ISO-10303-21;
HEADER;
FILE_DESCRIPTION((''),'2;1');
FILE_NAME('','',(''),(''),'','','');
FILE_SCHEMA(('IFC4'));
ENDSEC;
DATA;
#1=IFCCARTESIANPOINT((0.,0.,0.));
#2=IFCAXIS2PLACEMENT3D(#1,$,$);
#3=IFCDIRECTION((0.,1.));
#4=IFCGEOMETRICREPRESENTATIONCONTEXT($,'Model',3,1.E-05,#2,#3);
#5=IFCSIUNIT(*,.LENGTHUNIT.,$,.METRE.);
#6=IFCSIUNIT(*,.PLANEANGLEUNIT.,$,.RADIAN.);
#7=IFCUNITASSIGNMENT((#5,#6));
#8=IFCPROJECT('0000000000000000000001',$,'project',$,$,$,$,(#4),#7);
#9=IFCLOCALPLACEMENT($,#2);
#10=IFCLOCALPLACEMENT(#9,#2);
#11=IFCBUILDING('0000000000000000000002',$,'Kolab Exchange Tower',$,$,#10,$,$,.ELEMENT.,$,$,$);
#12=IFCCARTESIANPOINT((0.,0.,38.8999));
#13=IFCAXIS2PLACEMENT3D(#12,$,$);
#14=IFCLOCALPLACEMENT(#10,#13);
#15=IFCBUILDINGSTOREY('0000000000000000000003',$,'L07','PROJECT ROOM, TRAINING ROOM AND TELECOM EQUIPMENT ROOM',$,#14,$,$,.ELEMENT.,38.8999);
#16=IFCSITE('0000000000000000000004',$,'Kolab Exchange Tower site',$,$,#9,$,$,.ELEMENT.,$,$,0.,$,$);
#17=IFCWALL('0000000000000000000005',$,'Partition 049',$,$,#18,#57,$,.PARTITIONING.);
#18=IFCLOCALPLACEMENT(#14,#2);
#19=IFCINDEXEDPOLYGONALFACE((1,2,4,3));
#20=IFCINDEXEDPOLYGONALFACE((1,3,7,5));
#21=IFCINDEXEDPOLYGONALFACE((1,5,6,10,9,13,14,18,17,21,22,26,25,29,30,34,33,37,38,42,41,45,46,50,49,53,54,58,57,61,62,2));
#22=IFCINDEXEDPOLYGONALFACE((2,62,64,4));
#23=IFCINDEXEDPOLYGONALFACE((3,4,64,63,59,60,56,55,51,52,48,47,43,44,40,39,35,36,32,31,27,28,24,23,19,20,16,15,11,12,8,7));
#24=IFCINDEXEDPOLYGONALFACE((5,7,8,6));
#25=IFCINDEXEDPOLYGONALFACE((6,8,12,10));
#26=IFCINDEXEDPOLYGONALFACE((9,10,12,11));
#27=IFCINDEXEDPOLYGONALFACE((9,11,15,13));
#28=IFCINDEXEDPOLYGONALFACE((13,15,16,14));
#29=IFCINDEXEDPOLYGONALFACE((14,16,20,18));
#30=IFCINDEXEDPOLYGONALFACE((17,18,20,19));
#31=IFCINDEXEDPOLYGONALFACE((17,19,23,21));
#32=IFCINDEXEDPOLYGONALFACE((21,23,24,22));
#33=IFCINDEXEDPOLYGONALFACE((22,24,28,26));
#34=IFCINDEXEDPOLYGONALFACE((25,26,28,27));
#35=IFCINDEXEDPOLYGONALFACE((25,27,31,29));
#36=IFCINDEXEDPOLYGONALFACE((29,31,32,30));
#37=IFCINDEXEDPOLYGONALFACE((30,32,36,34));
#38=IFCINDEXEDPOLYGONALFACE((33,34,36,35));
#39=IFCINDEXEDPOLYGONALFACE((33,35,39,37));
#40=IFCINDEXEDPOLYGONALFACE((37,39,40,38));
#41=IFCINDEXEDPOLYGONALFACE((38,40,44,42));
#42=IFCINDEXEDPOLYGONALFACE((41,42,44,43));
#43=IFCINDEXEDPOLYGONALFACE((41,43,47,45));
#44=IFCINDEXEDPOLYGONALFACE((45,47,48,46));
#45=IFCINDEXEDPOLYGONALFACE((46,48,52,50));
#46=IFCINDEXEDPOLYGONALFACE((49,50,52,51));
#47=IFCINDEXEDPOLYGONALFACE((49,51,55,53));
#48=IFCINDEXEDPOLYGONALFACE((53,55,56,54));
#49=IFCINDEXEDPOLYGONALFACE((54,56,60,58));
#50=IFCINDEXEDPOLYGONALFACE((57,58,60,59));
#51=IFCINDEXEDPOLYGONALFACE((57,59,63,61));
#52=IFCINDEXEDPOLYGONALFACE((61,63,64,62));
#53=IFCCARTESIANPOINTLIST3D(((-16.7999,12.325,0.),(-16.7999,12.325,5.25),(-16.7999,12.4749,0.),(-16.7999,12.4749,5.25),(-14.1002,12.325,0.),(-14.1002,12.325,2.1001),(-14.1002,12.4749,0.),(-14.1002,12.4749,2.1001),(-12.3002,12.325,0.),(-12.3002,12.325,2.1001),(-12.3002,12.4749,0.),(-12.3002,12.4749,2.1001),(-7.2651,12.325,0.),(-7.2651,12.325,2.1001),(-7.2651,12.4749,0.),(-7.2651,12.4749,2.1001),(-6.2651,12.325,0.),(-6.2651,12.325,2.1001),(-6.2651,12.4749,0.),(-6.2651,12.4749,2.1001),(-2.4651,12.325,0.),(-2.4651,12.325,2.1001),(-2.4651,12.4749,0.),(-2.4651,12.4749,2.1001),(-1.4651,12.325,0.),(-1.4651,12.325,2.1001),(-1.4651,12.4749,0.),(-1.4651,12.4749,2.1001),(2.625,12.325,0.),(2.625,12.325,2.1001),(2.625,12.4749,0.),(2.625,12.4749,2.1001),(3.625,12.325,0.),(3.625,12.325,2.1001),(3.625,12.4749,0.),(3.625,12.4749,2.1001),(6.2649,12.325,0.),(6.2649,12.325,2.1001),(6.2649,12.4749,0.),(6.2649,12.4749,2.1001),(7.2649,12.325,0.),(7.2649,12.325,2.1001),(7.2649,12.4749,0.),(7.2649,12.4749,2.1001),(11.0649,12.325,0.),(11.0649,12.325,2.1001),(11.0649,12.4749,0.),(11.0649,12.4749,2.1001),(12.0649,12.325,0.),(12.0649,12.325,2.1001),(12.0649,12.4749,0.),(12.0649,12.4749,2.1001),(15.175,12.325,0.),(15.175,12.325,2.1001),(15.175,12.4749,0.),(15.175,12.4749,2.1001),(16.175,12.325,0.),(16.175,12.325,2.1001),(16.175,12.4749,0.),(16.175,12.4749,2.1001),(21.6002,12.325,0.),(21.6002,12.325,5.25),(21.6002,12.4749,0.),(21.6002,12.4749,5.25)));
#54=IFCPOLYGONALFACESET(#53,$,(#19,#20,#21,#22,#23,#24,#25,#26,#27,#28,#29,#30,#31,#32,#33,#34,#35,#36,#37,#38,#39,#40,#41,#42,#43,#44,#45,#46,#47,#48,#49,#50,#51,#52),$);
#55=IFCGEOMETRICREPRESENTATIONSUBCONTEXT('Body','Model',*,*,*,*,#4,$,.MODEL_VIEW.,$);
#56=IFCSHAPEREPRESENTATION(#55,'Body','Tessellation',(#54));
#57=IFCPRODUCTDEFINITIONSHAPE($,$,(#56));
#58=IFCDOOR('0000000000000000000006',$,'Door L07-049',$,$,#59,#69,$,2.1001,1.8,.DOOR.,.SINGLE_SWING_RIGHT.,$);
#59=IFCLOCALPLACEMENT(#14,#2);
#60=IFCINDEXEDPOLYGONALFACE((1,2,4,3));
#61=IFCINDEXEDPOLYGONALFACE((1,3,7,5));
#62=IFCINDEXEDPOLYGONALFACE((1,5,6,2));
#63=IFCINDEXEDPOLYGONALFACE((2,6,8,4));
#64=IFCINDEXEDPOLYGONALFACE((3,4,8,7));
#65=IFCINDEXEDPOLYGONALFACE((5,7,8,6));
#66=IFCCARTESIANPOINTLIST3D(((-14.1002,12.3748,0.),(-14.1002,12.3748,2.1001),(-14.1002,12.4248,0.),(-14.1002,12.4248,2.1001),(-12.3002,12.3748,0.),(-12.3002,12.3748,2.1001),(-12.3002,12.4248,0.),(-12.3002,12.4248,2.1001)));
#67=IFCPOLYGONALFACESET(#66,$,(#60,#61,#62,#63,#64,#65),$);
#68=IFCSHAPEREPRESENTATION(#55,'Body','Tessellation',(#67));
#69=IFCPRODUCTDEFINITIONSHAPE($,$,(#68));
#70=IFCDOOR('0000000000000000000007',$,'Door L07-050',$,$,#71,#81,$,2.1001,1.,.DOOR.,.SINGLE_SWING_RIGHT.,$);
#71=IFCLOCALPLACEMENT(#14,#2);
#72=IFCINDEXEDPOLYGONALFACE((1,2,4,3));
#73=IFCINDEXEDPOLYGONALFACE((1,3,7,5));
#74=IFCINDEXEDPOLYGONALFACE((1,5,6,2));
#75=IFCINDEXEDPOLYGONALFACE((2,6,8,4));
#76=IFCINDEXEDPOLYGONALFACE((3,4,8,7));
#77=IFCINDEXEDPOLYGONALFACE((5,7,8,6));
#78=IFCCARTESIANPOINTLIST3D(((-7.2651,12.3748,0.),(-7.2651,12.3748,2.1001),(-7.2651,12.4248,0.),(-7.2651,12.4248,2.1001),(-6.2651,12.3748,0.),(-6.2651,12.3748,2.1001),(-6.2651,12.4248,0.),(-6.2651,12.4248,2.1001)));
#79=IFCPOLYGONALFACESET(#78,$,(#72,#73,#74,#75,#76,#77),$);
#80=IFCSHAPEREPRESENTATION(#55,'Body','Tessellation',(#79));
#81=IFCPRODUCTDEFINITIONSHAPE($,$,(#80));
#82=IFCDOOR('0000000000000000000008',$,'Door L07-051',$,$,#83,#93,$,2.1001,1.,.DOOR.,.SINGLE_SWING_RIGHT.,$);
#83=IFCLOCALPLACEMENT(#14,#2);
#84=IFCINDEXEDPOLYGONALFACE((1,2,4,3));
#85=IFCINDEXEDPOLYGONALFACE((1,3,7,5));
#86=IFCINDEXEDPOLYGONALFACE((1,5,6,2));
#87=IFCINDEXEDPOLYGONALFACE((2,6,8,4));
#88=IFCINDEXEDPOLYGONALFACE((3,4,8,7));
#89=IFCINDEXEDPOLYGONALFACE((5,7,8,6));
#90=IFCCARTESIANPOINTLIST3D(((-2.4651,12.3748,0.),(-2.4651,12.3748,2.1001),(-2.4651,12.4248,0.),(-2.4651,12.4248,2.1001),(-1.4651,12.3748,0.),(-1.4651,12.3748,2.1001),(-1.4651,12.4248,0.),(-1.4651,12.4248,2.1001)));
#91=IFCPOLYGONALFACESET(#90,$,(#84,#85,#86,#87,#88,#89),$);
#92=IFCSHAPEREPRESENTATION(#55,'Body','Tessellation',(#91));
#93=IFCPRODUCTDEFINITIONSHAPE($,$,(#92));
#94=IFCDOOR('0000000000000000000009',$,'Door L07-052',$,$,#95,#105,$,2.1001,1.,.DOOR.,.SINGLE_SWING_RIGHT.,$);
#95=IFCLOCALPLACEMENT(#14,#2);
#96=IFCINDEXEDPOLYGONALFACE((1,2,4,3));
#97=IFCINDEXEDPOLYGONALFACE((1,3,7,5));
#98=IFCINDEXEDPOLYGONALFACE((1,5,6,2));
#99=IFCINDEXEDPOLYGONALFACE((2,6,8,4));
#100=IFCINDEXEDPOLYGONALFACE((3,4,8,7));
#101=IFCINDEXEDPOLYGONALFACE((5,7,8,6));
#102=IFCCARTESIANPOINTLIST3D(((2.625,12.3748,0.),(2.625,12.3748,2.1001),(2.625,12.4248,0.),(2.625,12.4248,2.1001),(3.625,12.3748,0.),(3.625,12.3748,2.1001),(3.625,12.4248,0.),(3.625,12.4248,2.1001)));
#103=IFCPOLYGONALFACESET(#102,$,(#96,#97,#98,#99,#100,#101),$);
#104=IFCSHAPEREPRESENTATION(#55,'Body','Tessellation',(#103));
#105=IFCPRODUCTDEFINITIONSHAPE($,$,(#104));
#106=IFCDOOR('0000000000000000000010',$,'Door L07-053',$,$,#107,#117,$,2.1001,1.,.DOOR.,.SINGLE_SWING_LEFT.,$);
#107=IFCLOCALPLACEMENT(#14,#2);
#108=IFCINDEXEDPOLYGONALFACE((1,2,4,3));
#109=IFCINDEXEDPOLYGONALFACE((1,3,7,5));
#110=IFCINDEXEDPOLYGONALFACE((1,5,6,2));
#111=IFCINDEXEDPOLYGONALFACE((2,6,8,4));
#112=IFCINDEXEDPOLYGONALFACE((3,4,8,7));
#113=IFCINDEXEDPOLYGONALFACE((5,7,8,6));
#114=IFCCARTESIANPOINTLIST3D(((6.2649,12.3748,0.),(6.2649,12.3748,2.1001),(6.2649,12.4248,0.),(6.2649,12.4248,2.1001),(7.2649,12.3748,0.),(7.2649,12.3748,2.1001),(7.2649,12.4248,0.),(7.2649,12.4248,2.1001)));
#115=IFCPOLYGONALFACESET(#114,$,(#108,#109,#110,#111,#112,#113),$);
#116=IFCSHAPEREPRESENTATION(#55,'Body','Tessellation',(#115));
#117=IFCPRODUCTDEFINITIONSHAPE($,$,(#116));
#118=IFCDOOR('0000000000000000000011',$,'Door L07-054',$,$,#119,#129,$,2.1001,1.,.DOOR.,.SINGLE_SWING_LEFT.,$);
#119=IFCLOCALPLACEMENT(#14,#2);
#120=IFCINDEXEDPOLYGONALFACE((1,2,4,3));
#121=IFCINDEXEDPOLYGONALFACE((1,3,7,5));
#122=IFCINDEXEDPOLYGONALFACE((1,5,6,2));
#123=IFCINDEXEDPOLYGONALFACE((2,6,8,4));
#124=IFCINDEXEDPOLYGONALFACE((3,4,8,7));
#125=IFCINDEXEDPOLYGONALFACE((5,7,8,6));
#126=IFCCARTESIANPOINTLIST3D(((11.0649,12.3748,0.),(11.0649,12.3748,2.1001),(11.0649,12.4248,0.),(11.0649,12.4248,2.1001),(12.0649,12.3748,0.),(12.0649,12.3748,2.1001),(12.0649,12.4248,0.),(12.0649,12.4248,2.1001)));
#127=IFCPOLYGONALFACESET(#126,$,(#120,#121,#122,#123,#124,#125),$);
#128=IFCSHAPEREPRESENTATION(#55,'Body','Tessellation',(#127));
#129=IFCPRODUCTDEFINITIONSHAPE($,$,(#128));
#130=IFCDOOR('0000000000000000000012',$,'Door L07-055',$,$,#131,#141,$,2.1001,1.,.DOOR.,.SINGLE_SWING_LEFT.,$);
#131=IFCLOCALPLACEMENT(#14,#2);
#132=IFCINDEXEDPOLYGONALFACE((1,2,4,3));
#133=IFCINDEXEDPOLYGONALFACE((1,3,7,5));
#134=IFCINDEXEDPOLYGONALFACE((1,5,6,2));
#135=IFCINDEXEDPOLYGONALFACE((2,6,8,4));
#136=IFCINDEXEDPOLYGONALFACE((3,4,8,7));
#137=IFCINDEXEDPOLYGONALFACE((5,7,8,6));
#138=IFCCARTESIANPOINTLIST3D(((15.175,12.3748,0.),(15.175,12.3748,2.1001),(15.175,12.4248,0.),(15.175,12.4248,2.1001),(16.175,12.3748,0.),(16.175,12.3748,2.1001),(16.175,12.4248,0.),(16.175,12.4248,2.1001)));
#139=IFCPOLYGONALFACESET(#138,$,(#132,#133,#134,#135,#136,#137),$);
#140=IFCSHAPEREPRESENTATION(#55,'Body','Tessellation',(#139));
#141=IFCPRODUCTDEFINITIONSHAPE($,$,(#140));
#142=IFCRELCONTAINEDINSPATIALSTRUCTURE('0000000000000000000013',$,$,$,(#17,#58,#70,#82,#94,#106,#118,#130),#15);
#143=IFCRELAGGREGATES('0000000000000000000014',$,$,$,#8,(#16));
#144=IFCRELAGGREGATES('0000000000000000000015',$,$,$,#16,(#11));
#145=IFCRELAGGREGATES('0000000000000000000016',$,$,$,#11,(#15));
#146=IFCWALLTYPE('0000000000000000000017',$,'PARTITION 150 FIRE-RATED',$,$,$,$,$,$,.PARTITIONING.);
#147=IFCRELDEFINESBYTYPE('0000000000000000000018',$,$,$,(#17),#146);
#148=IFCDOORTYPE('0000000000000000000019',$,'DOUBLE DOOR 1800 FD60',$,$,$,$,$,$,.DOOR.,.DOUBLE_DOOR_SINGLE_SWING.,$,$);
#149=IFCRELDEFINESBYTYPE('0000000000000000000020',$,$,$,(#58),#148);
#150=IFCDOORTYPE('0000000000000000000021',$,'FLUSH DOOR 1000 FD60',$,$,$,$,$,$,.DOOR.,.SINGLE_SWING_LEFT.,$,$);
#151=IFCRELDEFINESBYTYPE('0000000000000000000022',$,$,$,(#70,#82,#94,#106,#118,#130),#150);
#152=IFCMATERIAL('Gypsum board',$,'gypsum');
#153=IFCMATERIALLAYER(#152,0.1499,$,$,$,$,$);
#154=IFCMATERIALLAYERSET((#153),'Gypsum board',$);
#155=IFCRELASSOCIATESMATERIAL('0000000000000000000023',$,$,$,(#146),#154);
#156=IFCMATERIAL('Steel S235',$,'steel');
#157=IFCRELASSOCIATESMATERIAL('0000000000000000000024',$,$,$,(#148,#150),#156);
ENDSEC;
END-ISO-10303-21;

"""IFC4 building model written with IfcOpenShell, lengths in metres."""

from ifc_helpers import new_model, si_unit, direction, frame, frame_2d, origin, place, context, subcontext, project, spatial, rectangle, extrude, material, layer, layer_set, type_object, element, fill, save


model = new_model("IFC4")

# Units and contexts
model_context = context("Model", 3, precision=1e-05, world=origin(), true_north=direction((0.0, 1.0)))
body_context = subcontext(model_context, "Body", "Model", "MODEL_VIEW")
ifc_project = project(units=[si_unit("LENGTHUNIT", "METRE"), si_unit("PLANEANGLEUNIT", "RADIAN")], contexts=[model_context])

# Site, building, storey
site_placement = place(None, origin())
site = spatial("IfcSite", under=ifc_project, at=site_placement, Name="Kolab Exchange Tower site", CompositionType="ELEMENT", RefElevation=0.0)
building_placement = place(site_placement, origin())
building = spatial("IfcBuilding", under=site, at=building_placement, Name="Kolab Exchange Tower", CompositionType="ELEMENT")
storey_placement = place(building_placement, frame((0.0, 0.0, 38.8999)))
storey = spatial("IfcBuildingStorey", under=building, at=storey_placement, Name="L07", Description="PROJECT ROOM, TRAINING ROOM AND TELECOM EQUIPMENT ROOM", CompositionType="ELEMENT", Elevation=38.8999)

# Wall, openings, doors
ifc_material_1 = material(Name="Gypsum board", Category="gypsum")
ifc_layer_1 = layer(ifc_material_1, 0.1499)
ifc_layer_set_1 = layer_set([ifc_layer_1], Name="Gypsum board")
wall_type = type_object("IfcWallType", Name="PARTITION 150 FIRE-RATED", PredefinedType="PARTITIONING", material=ifc_layer_set_1)
wall_placement = place(storey_placement, frame((-16.8, 12.3999, 0.0), z_axis=(0.0, 0.0, 1.0), x_axis=(1.0, 0.0, 0.0)))
wall = element("IfcWall", 1, at=wall_placement, inside=storey, type_object=wall_type, Name="Partition 049", PredefinedType="PARTITIONING", context=body_context, shape_type="SweptSolid", body=[
    extrude(rectangle(XDim=38.4001, YDim=0.1499, at=frame_2d((19.2002, 0.0))), origin(), (0.0, 0.0, 1.0), 5.25),
])
opening_1_placement = place(wall_placement, frame((2.7, 0.0, 0.0)))
opening_1 = element("IfcOpeningElement", 2, at=opening_1_placement, cuts=wall, PredefinedType="OPENING", context=body_context, shape_type="SweptSolid", body=[
    extrude(rectangle(XDim=1.8, YDim=2.1001, at=frame_2d((0.8999, 1.05))), frame((0.0, 0.085, 0.0), z_axis=(0.0, -1.0, 0.0), x_axis=(1.0, 0.0, 0.0)), (0.0, 0.0, 1.0), 0.1699),
])
opening_2_placement = place(wall_placement, frame((9.5349, 0.0, 0.0)))
opening_2 = element("IfcOpeningElement", 3, at=opening_2_placement, cuts=wall, PredefinedType="OPENING", context=body_context, shape_type="SweptSolid", body=[
    extrude(rectangle(XDim=1.0, YDim=2.1001, at=frame_2d((0.5, 1.05))), frame((0.0, 0.085, 0.0), z_axis=(0.0, -1.0, 0.0), x_axis=(1.0, 0.0, 0.0)), (0.0, 0.0, 1.0), 0.1699),
])
opening_3_placement = place(wall_placement, frame((14.335, 0.0, 0.0)))
opening_3 = element("IfcOpeningElement", 4, at=opening_3_placement, cuts=wall, PredefinedType="OPENING", context=body_context, shape_type="SweptSolid", body=[
    extrude(rectangle(XDim=1.0, YDim=2.1001, at=frame_2d((0.5, 1.05))), frame((0.0, 0.085, 0.0), z_axis=(0.0, -1.0, 0.0), x_axis=(1.0, 0.0, 0.0)), (0.0, 0.0, 1.0), 0.1699),
])
opening_4_placement = place(wall_placement, frame((19.425, 0.0, 0.0)))
opening_4 = element("IfcOpeningElement", 5, at=opening_4_placement, cuts=wall, PredefinedType="OPENING", context=body_context, shape_type="SweptSolid", body=[
    extrude(rectangle(XDim=1.0, YDim=2.1001, at=frame_2d((0.5, 1.05))), frame((0.0, 0.085, 0.0), z_axis=(0.0, -1.0, 0.0), x_axis=(1.0, 0.0, 0.0)), (0.0, 0.0, 1.0), 0.1699),
])
opening_5_placement = place(wall_placement, frame((23.0649, 0.0, 0.0)))
opening_5 = element("IfcOpeningElement", 6, at=opening_5_placement, cuts=wall, PredefinedType="OPENING", context=body_context, shape_type="SweptSolid", body=[
    extrude(rectangle(XDim=1.0, YDim=2.1001, at=frame_2d((0.5, 1.05))), frame((0.0, 0.085, 0.0), z_axis=(0.0, -1.0, 0.0), x_axis=(1.0, 0.0, 0.0)), (0.0, 0.0, 1.0), 0.1699),
])
opening_6_placement = place(wall_placement, frame((27.865, 0.0, 0.0)))
opening_6 = element("IfcOpeningElement", 7, at=opening_6_placement, cuts=wall, PredefinedType="OPENING", context=body_context, shape_type="SweptSolid", body=[
    extrude(rectangle(XDim=1.0, YDim=2.1001, at=frame_2d((0.5, 1.05))), frame((0.0, 0.085, 0.0), z_axis=(0.0, -1.0, 0.0), x_axis=(1.0, 0.0, 0.0)), (0.0, 0.0, 1.0), 0.1699),
])
opening_7_placement = place(wall_placement, frame((31.9751, 0.0, 0.0)))
opening_7 = element("IfcOpeningElement", 8, at=opening_7_placement, cuts=wall, PredefinedType="OPENING", context=body_context, shape_type="SweptSolid", body=[
    extrude(rectangle(XDim=1.0, YDim=2.1001, at=frame_2d((0.5, 1.05))), frame((0.0, 0.085, 0.0), z_axis=(0.0, -1.0, 0.0), x_axis=(1.0, 0.0, 0.0)), (0.0, 0.0, 1.0), 0.1699),
])
ifc_material_2 = material(Name="Steel S235", Category="steel")
door_type_1 = type_object("IfcDoorType", Name="DOUBLE DOOR 1800 FD60", OperationType="DOUBLE_DOOR_SINGLE_SWING", PredefinedType="DOOR", material=ifc_material_2)
door_1_placement = place(opening_1_placement, origin())
door_1 = element("IfcDoor", 9, at=door_1_placement, inside=storey, type_object=door_type_1, Name="Door L07-049", OperationType="SINGLE_SWING_RIGHT", OverallHeight=2.1001, OverallWidth=1.8, PredefinedType="DOOR", context=body_context, shape_type="SweptSolid", body=[
    extrude(rectangle(XDim=1.8, YDim=2.1001, at=frame_2d((0.8999, 1.05))), frame((0.0, 0.0249, 0.0), z_axis=(0.0, -1.0, 0.0), x_axis=(1.0, 0.0, 0.0)), (0.0, 0.0, 1.0), 0.05),
])
fill(opening_1, door_1)
door_type_2 = type_object("IfcDoorType", Name="FLUSH DOOR 1000 FD60", OperationType="SINGLE_SWING_LEFT", PredefinedType="DOOR", material=ifc_material_2)
door_2_placement = place(opening_2_placement, origin())
door_2 = element("IfcDoor", 10, at=door_2_placement, inside=storey, type_object=door_type_2, Name="Door L07-050", OperationType="SINGLE_SWING_RIGHT", OverallHeight=2.1001, OverallWidth=1.0, PredefinedType="DOOR", context=body_context, shape_type="SweptSolid", body=[
    extrude(rectangle(XDim=1.0, YDim=2.1001, at=frame_2d((0.5, 1.05))), frame((0.0, 0.0249, 0.0), z_axis=(0.0, -1.0, 0.0), x_axis=(1.0, 0.0, 0.0)), (0.0, 0.0, 1.0), 0.05),
])
fill(opening_2, door_2)
door_3_placement = place(opening_3_placement, origin())
door_3 = element("IfcDoor", 11, at=door_3_placement, inside=storey, type_object=door_type_2, Name="Door L07-051", OperationType="SINGLE_SWING_RIGHT", OverallHeight=2.1001, OverallWidth=1.0, PredefinedType="DOOR", context=body_context, shape_type="SweptSolid", body=[
    extrude(rectangle(XDim=1.0, YDim=2.1001, at=frame_2d((0.5, 1.05))), frame((0.0, 0.0249, 0.0), z_axis=(0.0, -1.0, 0.0), x_axis=(1.0, 0.0, 0.0)), (0.0, 0.0, 1.0), 0.05),
])
fill(opening_3, door_3)
door_4_placement = place(opening_4_placement, origin())
door_4 = element("IfcDoor", 12, at=door_4_placement, inside=storey, type_object=door_type_2, Name="Door L07-052", OperationType="SINGLE_SWING_RIGHT", OverallHeight=2.1001, OverallWidth=1.0, PredefinedType="DOOR", context=body_context, shape_type="SweptSolid", body=[
    extrude(rectangle(XDim=1.0, YDim=2.1001, at=frame_2d((0.5, 1.05))), frame((0.0, 0.0249, 0.0), z_axis=(0.0, -1.0, 0.0), x_axis=(1.0, 0.0, 0.0)), (0.0, 0.0, 1.0), 0.05),
])
fill(opening_4, door_4)
door_5_placement = place(opening_5_placement, origin())
door_5 = element("IfcDoor", 13, at=door_5_placement, inside=storey, type_object=door_type_2, Name="Door L07-053", OperationType="SINGLE_SWING_LEFT", OverallHeight=2.1001, OverallWidth=1.0, PredefinedType="DOOR", context=body_context, shape_type="SweptSolid", body=[
    extrude(rectangle(XDim=1.0, YDim=2.1001, at=frame_2d((0.5, 1.05))), frame((0.0, 0.0249, 0.0), z_axis=(0.0, -1.0, 0.0), x_axis=(1.0, 0.0, 0.0)), (0.0, 0.0, 1.0), 0.05),
])
fill(opening_5, door_5)
door_6_placement = place(opening_6_placement, origin())
door_6 = element("IfcDoor", 14, at=door_6_placement, inside=storey, type_object=door_type_2, Name="Door L07-054", OperationType="SINGLE_SWING_LEFT", OverallHeight=2.1001, OverallWidth=1.0, PredefinedType="DOOR", context=body_context, shape_type="SweptSolid", body=[
    extrude(rectangle(XDim=1.0, YDim=2.1001, at=frame_2d((0.5, 1.05))), frame((0.0, 0.0249, 0.0), z_axis=(0.0, -1.0, 0.0), x_axis=(1.0, 0.0, 0.0)), (0.0, 0.0, 1.0), 0.05),
])
fill(opening_6, door_6)
door_7_placement = place(opening_7_placement, origin())
door_7 = element("IfcDoor", 15, at=door_7_placement, inside=storey, type_object=door_type_2, Name="Door L07-055", OperationType="SINGLE_SWING_LEFT", OverallHeight=2.1001, OverallWidth=1.0, PredefinedType="DOOR", context=body_context, shape_type="SweptSolid", body=[
    extrude(rectangle(XDim=1.0, YDim=2.1001, at=frame_2d((0.5, 1.05))), frame((0.0, 0.0249, 0.0), z_axis=(0.0, -1.0, 0.0), x_axis=(1.0, 0.0, 0.0)), (0.0, 0.0, 1.0), 0.05),
])
fill(opening_7, door_7)

save(model, "model.ifc")
